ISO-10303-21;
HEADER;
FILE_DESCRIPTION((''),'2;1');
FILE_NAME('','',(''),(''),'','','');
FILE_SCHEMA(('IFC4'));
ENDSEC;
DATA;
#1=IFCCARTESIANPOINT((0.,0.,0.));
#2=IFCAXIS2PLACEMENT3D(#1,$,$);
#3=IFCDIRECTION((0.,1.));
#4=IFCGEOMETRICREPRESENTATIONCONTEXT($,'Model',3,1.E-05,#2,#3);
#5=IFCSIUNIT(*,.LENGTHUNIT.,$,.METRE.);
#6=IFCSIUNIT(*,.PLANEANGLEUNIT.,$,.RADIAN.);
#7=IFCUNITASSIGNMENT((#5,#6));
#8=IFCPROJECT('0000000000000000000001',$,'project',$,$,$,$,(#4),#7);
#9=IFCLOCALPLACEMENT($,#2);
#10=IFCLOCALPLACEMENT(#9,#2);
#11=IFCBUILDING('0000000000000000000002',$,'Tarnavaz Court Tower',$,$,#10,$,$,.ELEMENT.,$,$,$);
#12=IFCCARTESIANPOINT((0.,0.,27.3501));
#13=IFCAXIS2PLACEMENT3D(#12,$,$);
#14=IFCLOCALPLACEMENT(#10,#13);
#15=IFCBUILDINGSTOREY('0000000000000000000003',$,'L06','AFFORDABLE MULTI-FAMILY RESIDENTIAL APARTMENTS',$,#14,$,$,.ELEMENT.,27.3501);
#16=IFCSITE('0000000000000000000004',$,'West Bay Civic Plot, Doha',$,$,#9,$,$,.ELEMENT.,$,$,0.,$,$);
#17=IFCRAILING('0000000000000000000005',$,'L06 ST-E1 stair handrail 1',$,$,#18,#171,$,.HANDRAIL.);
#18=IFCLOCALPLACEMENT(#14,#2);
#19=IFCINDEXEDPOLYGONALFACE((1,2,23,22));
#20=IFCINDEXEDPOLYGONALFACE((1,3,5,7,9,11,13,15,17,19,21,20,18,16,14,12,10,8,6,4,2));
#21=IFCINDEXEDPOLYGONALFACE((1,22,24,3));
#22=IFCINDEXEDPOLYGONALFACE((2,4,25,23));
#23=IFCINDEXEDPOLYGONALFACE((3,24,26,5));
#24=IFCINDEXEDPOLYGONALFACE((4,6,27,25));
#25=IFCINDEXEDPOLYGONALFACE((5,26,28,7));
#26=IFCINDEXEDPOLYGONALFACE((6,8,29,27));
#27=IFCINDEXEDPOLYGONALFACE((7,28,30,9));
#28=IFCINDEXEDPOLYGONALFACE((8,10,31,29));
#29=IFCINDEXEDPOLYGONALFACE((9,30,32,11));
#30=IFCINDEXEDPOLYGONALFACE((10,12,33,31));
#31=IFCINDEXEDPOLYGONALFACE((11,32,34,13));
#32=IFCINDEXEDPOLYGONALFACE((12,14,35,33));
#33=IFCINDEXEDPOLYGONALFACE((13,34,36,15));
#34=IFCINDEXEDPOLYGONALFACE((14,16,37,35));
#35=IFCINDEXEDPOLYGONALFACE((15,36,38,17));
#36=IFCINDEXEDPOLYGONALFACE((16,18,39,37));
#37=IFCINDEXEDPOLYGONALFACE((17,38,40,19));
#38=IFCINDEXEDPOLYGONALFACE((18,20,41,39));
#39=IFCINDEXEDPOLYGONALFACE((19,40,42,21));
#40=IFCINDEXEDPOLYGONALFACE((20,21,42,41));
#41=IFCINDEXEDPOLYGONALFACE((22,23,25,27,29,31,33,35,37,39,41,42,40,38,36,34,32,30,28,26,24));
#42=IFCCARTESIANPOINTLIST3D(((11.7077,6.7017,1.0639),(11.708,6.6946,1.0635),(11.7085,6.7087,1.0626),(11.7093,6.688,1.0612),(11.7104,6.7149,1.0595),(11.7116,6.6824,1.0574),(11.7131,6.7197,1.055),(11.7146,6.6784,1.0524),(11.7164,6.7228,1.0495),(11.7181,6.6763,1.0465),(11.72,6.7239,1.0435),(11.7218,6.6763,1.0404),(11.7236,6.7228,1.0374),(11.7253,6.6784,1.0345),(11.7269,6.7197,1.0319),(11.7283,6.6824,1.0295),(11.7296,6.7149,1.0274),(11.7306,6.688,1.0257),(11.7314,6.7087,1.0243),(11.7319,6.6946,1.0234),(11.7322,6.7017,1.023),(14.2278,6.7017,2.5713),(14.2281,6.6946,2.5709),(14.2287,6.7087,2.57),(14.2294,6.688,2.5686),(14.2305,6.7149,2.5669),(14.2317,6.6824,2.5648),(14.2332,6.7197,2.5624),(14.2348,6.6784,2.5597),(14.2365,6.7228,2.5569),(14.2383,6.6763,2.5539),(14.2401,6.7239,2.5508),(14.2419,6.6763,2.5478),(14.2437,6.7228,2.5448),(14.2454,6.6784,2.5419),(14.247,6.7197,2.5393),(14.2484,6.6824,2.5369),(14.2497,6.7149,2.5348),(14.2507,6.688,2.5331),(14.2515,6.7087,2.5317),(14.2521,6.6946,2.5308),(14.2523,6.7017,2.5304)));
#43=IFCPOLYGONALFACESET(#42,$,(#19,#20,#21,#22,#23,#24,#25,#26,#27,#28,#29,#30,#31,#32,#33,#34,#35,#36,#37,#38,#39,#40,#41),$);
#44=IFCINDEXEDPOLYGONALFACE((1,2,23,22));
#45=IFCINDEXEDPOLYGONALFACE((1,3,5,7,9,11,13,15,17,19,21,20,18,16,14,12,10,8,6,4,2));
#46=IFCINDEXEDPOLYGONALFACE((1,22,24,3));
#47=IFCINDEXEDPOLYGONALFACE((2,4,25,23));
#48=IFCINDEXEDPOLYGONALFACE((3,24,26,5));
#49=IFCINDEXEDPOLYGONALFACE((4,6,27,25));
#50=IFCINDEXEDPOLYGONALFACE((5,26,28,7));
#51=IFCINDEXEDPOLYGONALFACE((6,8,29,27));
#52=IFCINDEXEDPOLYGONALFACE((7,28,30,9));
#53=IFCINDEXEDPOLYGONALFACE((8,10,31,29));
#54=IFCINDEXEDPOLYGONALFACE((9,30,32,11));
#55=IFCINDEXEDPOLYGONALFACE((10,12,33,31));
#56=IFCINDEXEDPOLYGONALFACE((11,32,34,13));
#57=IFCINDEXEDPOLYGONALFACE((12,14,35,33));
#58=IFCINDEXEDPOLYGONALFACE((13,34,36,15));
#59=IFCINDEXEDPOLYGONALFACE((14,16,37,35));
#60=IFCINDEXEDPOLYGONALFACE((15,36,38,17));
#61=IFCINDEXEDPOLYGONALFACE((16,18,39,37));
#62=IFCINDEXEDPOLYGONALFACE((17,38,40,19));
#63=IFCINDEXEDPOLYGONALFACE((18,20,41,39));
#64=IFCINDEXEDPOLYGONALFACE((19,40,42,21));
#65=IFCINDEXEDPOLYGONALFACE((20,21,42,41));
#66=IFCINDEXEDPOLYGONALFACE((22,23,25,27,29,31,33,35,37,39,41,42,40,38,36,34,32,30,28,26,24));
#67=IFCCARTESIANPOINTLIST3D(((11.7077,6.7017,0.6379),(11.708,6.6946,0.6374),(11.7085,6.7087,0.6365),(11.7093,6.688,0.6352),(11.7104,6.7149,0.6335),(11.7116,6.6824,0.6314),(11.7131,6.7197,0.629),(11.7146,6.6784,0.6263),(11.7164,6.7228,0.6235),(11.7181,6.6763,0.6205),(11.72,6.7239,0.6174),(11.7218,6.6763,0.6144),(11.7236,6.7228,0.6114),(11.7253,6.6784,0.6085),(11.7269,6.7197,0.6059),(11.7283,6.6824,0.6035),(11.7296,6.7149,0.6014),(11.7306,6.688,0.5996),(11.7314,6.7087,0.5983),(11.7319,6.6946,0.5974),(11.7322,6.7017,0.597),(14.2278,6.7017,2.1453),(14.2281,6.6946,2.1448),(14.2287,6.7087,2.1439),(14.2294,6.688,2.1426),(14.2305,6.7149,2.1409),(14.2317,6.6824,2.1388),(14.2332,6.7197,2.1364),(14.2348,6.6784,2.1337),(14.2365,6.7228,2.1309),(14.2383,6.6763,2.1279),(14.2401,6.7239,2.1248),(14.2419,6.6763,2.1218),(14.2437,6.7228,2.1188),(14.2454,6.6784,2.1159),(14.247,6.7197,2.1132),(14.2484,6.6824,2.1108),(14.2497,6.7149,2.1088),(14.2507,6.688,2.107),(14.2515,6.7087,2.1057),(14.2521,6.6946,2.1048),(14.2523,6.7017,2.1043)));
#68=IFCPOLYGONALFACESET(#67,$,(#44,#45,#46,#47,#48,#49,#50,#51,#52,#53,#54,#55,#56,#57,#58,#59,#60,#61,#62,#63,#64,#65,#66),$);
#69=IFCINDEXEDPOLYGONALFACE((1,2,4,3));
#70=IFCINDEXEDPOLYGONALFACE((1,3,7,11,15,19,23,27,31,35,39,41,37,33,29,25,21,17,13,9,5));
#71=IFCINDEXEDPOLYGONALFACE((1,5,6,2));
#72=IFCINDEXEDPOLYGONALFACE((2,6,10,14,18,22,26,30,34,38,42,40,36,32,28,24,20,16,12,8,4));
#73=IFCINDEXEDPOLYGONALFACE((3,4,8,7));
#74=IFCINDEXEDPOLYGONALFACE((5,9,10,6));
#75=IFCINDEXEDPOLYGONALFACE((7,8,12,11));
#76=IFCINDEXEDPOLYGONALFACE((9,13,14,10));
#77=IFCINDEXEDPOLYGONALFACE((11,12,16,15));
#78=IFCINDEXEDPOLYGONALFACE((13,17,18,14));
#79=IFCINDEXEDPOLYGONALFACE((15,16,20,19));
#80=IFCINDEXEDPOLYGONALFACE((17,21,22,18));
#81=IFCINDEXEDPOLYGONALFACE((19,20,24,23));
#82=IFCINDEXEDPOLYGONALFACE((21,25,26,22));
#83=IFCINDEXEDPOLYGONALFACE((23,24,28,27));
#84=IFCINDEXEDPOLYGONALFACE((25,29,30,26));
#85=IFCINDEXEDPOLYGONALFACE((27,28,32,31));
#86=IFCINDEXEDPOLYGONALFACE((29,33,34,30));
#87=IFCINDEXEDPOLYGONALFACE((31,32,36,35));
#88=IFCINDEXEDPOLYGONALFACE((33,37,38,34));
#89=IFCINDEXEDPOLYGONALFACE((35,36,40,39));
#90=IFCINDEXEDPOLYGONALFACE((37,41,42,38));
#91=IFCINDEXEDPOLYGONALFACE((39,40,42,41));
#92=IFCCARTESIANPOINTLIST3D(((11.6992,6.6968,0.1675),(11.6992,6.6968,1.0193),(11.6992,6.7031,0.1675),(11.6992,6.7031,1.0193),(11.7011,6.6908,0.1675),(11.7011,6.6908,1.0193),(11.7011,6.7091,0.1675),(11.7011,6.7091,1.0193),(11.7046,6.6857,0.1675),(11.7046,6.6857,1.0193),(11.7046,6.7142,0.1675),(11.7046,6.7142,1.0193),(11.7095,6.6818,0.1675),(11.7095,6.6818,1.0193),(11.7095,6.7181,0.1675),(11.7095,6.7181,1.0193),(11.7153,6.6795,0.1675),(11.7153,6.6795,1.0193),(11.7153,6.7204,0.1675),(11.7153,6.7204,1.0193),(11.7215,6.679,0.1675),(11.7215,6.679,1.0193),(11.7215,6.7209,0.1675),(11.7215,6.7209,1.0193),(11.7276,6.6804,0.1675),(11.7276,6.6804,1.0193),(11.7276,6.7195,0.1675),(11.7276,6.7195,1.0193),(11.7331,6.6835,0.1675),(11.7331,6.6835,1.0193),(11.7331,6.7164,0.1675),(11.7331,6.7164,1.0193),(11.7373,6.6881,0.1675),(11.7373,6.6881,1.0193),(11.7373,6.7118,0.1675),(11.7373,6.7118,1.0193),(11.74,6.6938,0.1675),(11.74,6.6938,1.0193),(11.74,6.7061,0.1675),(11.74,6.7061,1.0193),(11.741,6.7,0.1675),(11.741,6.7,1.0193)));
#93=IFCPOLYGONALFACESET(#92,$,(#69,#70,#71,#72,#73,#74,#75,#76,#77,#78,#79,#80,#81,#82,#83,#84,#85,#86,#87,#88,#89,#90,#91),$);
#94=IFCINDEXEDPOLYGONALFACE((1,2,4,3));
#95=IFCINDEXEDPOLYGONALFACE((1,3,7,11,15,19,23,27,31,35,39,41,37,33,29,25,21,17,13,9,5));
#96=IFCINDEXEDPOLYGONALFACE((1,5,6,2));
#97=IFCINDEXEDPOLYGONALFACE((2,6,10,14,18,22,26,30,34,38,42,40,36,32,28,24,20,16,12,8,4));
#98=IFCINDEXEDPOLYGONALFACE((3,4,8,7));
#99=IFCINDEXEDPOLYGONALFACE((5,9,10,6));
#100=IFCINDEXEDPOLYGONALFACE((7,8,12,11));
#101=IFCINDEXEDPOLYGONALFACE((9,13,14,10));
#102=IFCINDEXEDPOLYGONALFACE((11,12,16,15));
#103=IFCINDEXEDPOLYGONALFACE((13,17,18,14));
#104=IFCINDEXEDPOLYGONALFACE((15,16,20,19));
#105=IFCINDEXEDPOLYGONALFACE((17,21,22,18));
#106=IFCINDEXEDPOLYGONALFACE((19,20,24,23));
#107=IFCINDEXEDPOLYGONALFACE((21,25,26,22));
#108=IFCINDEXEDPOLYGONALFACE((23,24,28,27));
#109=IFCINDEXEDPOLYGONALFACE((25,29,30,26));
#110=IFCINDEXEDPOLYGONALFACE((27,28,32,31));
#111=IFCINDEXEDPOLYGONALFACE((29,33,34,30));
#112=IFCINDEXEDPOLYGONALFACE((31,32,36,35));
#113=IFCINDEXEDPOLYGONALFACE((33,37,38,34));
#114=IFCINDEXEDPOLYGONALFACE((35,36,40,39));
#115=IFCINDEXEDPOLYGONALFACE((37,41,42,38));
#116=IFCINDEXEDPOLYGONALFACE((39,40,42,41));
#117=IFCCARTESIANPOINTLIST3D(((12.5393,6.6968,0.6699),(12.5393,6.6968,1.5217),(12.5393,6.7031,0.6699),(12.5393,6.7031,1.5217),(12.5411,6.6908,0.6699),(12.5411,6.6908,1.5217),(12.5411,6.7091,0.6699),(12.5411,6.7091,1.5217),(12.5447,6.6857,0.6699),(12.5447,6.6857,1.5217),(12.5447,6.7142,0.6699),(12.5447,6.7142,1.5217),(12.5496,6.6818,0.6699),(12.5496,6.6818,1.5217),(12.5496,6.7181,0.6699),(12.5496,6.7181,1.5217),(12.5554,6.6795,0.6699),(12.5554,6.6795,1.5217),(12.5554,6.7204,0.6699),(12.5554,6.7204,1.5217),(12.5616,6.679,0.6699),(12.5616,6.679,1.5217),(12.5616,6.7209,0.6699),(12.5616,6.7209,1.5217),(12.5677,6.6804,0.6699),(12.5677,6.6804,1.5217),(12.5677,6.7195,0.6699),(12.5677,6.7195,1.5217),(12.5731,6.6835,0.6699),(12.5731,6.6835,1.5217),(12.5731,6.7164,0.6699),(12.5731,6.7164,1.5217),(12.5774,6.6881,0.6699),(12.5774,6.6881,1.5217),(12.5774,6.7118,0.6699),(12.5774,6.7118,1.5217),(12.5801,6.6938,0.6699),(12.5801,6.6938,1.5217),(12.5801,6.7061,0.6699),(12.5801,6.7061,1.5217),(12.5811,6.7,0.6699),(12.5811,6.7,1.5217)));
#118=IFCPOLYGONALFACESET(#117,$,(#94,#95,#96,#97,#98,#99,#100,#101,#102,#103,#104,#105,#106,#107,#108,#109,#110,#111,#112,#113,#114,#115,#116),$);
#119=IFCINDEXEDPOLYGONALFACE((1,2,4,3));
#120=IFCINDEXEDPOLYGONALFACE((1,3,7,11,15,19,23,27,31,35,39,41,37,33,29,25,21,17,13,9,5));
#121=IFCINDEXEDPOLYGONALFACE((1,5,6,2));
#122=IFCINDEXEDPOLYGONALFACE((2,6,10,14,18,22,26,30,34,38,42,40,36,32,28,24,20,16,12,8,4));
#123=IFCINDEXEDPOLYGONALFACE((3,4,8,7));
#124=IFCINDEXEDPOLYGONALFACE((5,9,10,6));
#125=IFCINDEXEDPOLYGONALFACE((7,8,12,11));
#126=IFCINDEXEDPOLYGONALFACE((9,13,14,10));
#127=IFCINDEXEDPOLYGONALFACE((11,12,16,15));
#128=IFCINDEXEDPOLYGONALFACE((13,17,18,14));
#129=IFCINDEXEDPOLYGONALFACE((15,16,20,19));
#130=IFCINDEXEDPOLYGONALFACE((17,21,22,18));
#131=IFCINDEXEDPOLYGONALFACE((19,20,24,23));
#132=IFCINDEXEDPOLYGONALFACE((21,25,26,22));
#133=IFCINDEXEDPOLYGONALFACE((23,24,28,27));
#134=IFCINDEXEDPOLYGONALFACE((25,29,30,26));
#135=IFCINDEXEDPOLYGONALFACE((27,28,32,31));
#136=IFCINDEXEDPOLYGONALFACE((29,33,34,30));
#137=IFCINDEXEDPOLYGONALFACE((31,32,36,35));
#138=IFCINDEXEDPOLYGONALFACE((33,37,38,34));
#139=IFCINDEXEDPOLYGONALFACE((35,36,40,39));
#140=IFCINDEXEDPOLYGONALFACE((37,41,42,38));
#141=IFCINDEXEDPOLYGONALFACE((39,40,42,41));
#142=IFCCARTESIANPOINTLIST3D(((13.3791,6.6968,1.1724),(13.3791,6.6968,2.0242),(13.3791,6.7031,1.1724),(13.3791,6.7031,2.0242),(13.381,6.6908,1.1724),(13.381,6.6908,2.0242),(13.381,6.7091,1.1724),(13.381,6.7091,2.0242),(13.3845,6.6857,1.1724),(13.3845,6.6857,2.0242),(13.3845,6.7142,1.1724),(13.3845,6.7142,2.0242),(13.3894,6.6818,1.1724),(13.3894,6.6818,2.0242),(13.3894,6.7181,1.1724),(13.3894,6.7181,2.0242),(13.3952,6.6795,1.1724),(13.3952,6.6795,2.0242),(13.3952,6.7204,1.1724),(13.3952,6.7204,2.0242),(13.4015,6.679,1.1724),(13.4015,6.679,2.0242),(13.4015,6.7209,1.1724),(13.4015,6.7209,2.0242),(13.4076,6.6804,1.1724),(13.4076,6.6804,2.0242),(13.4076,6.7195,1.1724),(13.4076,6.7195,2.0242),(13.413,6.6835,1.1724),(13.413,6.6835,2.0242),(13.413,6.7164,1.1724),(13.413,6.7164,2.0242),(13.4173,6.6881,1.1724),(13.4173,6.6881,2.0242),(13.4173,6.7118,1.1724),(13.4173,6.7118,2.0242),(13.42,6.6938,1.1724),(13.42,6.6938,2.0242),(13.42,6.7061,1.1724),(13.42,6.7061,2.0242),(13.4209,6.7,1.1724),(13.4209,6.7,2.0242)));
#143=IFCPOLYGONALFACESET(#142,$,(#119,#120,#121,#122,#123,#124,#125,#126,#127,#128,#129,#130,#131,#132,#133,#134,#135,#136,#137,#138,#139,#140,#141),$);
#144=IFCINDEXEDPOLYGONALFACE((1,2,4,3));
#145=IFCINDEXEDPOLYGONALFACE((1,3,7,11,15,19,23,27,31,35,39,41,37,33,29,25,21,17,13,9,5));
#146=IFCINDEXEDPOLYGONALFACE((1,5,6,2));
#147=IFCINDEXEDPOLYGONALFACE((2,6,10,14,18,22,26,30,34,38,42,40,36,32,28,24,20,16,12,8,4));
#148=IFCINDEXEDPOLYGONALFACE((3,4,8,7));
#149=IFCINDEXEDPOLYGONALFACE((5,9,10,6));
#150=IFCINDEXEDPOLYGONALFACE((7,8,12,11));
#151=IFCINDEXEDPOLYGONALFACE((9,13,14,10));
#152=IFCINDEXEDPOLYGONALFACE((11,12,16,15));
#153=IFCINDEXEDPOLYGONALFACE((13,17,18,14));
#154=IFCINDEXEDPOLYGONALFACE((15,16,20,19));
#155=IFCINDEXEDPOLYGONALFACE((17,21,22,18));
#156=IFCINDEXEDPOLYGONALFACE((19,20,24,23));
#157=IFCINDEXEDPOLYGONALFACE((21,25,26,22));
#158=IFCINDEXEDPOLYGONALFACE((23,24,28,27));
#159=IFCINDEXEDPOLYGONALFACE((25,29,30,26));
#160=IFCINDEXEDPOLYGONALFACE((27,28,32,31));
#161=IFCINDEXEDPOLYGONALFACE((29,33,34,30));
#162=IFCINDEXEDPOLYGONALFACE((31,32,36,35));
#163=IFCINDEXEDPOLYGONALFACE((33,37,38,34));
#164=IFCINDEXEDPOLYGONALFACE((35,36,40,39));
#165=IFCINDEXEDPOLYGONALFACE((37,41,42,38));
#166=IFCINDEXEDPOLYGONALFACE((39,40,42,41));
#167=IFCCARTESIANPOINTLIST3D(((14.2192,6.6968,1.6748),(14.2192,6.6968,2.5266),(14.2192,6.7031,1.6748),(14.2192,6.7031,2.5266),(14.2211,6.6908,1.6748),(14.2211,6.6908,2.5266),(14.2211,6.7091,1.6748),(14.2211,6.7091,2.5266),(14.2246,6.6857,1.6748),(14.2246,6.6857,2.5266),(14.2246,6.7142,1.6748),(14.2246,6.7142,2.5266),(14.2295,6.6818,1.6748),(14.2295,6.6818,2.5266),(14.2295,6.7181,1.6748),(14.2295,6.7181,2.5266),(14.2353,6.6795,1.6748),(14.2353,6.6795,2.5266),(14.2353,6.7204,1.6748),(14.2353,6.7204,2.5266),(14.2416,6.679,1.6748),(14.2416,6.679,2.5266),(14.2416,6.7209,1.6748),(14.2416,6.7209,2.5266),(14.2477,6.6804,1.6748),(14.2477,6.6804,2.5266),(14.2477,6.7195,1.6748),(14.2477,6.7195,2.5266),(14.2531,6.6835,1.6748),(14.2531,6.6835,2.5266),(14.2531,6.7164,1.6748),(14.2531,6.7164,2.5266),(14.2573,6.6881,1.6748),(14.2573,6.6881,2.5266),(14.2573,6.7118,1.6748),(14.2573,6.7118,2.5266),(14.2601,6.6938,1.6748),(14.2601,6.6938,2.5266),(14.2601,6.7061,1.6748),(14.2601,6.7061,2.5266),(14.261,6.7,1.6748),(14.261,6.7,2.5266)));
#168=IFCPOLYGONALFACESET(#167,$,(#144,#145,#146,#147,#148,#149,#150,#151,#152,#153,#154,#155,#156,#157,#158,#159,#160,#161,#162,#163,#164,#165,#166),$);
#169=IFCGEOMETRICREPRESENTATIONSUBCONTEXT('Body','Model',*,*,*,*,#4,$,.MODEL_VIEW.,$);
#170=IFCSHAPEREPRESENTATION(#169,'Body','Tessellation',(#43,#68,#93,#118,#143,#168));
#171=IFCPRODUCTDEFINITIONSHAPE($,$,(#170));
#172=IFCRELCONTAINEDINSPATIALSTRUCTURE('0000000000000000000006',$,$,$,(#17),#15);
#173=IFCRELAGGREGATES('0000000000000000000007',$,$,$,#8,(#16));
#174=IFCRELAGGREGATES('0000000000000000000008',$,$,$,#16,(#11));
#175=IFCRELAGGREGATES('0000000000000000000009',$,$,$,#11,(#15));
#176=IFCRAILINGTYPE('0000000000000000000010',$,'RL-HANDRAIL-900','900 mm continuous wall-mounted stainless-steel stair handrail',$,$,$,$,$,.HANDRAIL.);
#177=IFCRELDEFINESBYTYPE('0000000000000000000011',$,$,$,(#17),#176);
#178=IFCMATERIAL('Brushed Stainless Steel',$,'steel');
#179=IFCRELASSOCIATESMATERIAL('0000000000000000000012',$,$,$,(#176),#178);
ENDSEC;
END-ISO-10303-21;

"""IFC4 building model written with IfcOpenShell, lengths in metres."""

from ifc_helpers import new_model, si_unit, direction, frame, origin, origin_2d, place, context, subcontext, project, spatial, circle, extrude, material, type_object, element, save


model = new_model("IFC4")

# Units and contexts
model_context = context("Model", 3, precision=1e-05, world=origin(), true_north=direction((0.0, 1.0)))
body_context = subcontext(model_context, "Body", "Model", "MODEL_VIEW")
ifc_project = project(units=[si_unit("LENGTHUNIT", "METRE"), si_unit("PLANEANGLEUNIT", "RADIAN")], contexts=[model_context])

# Site, building, storey
site_placement = place(None, origin())
site = spatial("IfcSite", under=ifc_project, at=site_placement, Name="West Bay Civic Plot, Doha", CompositionType="ELEMENT", RefElevation=0.0)
building_placement = place(site_placement, origin())
building = spatial("IfcBuilding", under=site, at=building_placement, Name="Tarnavaz Court Tower", CompositionType="ELEMENT")
storey_placement = place(building_placement, frame((0.0, 0.0, 27.3501)))
storey = spatial("IfcBuildingStorey", under=building, at=storey_placement, Name="L06", Description="AFFORDABLE MULTI-FAMILY RESIDENTIAL APARTMENTS", CompositionType="ELEMENT", Elevation=27.3501)

# Railing
ifc_material_1 = material(Name="Brushed Stainless Steel", Category="steel")
railing_type_1 = type_object("IfcRailingType", Name="RL-HANDRAIL-900", Description="900 mm continuous wall-mounted stainless-steel stair handrail", PredefinedType="HANDRAIL", material=ifc_material_1)
railing_1_placement = place(storey_placement, frame((11.72, 6.7, 0.1675)))
element("IfcRailing", 1, at=railing_1_placement, inside=storey, type_object=railing_type_1, Name="L06 ST-E1 stair handrail 1", PredefinedType="HANDRAIL", context=body_context, shape_type="SweptSolid", body=[
    extrude(circle(Radius=0.0239, at=origin_2d()), frame((0.0, 0.0, 0.876), z_axis=(0.858196, 0.0, 0.513321), x_axis=(0.0, 1.0, 0.0)), (0.0, 0.0, 1.0), 2.9365),
    extrude(circle(Radius=0.0239, at=origin_2d()), frame((0.0, 0.0, 0.45), z_axis=(0.858196, 0.0, 0.513321), x_axis=(0.0, 1.0, 0.0)), (0.0, 0.0, 1.0), 2.9365),
    extrude(circle(Radius=0.021, at=origin_2d()), origin(), (0.0, 0.0, 1.0), 0.8518),
    extrude(circle(Radius=0.021, at=origin_2d()), frame((0.8401, 0.0, 0.5024)), (0.0, 0.0, 1.0), 0.8518),
    extrude(circle(Radius=0.021, at=origin_2d()), frame((1.6799, 0.0, 1.0049)), (0.0, 0.0, 1.0), 0.8518),
    extrude(circle(Radius=0.021, at=origin_2d()), frame((2.52, 0.0, 1.5073)), (0.0, 0.0, 1.0), 0.8518),
])

save(model, "model.ifc")
